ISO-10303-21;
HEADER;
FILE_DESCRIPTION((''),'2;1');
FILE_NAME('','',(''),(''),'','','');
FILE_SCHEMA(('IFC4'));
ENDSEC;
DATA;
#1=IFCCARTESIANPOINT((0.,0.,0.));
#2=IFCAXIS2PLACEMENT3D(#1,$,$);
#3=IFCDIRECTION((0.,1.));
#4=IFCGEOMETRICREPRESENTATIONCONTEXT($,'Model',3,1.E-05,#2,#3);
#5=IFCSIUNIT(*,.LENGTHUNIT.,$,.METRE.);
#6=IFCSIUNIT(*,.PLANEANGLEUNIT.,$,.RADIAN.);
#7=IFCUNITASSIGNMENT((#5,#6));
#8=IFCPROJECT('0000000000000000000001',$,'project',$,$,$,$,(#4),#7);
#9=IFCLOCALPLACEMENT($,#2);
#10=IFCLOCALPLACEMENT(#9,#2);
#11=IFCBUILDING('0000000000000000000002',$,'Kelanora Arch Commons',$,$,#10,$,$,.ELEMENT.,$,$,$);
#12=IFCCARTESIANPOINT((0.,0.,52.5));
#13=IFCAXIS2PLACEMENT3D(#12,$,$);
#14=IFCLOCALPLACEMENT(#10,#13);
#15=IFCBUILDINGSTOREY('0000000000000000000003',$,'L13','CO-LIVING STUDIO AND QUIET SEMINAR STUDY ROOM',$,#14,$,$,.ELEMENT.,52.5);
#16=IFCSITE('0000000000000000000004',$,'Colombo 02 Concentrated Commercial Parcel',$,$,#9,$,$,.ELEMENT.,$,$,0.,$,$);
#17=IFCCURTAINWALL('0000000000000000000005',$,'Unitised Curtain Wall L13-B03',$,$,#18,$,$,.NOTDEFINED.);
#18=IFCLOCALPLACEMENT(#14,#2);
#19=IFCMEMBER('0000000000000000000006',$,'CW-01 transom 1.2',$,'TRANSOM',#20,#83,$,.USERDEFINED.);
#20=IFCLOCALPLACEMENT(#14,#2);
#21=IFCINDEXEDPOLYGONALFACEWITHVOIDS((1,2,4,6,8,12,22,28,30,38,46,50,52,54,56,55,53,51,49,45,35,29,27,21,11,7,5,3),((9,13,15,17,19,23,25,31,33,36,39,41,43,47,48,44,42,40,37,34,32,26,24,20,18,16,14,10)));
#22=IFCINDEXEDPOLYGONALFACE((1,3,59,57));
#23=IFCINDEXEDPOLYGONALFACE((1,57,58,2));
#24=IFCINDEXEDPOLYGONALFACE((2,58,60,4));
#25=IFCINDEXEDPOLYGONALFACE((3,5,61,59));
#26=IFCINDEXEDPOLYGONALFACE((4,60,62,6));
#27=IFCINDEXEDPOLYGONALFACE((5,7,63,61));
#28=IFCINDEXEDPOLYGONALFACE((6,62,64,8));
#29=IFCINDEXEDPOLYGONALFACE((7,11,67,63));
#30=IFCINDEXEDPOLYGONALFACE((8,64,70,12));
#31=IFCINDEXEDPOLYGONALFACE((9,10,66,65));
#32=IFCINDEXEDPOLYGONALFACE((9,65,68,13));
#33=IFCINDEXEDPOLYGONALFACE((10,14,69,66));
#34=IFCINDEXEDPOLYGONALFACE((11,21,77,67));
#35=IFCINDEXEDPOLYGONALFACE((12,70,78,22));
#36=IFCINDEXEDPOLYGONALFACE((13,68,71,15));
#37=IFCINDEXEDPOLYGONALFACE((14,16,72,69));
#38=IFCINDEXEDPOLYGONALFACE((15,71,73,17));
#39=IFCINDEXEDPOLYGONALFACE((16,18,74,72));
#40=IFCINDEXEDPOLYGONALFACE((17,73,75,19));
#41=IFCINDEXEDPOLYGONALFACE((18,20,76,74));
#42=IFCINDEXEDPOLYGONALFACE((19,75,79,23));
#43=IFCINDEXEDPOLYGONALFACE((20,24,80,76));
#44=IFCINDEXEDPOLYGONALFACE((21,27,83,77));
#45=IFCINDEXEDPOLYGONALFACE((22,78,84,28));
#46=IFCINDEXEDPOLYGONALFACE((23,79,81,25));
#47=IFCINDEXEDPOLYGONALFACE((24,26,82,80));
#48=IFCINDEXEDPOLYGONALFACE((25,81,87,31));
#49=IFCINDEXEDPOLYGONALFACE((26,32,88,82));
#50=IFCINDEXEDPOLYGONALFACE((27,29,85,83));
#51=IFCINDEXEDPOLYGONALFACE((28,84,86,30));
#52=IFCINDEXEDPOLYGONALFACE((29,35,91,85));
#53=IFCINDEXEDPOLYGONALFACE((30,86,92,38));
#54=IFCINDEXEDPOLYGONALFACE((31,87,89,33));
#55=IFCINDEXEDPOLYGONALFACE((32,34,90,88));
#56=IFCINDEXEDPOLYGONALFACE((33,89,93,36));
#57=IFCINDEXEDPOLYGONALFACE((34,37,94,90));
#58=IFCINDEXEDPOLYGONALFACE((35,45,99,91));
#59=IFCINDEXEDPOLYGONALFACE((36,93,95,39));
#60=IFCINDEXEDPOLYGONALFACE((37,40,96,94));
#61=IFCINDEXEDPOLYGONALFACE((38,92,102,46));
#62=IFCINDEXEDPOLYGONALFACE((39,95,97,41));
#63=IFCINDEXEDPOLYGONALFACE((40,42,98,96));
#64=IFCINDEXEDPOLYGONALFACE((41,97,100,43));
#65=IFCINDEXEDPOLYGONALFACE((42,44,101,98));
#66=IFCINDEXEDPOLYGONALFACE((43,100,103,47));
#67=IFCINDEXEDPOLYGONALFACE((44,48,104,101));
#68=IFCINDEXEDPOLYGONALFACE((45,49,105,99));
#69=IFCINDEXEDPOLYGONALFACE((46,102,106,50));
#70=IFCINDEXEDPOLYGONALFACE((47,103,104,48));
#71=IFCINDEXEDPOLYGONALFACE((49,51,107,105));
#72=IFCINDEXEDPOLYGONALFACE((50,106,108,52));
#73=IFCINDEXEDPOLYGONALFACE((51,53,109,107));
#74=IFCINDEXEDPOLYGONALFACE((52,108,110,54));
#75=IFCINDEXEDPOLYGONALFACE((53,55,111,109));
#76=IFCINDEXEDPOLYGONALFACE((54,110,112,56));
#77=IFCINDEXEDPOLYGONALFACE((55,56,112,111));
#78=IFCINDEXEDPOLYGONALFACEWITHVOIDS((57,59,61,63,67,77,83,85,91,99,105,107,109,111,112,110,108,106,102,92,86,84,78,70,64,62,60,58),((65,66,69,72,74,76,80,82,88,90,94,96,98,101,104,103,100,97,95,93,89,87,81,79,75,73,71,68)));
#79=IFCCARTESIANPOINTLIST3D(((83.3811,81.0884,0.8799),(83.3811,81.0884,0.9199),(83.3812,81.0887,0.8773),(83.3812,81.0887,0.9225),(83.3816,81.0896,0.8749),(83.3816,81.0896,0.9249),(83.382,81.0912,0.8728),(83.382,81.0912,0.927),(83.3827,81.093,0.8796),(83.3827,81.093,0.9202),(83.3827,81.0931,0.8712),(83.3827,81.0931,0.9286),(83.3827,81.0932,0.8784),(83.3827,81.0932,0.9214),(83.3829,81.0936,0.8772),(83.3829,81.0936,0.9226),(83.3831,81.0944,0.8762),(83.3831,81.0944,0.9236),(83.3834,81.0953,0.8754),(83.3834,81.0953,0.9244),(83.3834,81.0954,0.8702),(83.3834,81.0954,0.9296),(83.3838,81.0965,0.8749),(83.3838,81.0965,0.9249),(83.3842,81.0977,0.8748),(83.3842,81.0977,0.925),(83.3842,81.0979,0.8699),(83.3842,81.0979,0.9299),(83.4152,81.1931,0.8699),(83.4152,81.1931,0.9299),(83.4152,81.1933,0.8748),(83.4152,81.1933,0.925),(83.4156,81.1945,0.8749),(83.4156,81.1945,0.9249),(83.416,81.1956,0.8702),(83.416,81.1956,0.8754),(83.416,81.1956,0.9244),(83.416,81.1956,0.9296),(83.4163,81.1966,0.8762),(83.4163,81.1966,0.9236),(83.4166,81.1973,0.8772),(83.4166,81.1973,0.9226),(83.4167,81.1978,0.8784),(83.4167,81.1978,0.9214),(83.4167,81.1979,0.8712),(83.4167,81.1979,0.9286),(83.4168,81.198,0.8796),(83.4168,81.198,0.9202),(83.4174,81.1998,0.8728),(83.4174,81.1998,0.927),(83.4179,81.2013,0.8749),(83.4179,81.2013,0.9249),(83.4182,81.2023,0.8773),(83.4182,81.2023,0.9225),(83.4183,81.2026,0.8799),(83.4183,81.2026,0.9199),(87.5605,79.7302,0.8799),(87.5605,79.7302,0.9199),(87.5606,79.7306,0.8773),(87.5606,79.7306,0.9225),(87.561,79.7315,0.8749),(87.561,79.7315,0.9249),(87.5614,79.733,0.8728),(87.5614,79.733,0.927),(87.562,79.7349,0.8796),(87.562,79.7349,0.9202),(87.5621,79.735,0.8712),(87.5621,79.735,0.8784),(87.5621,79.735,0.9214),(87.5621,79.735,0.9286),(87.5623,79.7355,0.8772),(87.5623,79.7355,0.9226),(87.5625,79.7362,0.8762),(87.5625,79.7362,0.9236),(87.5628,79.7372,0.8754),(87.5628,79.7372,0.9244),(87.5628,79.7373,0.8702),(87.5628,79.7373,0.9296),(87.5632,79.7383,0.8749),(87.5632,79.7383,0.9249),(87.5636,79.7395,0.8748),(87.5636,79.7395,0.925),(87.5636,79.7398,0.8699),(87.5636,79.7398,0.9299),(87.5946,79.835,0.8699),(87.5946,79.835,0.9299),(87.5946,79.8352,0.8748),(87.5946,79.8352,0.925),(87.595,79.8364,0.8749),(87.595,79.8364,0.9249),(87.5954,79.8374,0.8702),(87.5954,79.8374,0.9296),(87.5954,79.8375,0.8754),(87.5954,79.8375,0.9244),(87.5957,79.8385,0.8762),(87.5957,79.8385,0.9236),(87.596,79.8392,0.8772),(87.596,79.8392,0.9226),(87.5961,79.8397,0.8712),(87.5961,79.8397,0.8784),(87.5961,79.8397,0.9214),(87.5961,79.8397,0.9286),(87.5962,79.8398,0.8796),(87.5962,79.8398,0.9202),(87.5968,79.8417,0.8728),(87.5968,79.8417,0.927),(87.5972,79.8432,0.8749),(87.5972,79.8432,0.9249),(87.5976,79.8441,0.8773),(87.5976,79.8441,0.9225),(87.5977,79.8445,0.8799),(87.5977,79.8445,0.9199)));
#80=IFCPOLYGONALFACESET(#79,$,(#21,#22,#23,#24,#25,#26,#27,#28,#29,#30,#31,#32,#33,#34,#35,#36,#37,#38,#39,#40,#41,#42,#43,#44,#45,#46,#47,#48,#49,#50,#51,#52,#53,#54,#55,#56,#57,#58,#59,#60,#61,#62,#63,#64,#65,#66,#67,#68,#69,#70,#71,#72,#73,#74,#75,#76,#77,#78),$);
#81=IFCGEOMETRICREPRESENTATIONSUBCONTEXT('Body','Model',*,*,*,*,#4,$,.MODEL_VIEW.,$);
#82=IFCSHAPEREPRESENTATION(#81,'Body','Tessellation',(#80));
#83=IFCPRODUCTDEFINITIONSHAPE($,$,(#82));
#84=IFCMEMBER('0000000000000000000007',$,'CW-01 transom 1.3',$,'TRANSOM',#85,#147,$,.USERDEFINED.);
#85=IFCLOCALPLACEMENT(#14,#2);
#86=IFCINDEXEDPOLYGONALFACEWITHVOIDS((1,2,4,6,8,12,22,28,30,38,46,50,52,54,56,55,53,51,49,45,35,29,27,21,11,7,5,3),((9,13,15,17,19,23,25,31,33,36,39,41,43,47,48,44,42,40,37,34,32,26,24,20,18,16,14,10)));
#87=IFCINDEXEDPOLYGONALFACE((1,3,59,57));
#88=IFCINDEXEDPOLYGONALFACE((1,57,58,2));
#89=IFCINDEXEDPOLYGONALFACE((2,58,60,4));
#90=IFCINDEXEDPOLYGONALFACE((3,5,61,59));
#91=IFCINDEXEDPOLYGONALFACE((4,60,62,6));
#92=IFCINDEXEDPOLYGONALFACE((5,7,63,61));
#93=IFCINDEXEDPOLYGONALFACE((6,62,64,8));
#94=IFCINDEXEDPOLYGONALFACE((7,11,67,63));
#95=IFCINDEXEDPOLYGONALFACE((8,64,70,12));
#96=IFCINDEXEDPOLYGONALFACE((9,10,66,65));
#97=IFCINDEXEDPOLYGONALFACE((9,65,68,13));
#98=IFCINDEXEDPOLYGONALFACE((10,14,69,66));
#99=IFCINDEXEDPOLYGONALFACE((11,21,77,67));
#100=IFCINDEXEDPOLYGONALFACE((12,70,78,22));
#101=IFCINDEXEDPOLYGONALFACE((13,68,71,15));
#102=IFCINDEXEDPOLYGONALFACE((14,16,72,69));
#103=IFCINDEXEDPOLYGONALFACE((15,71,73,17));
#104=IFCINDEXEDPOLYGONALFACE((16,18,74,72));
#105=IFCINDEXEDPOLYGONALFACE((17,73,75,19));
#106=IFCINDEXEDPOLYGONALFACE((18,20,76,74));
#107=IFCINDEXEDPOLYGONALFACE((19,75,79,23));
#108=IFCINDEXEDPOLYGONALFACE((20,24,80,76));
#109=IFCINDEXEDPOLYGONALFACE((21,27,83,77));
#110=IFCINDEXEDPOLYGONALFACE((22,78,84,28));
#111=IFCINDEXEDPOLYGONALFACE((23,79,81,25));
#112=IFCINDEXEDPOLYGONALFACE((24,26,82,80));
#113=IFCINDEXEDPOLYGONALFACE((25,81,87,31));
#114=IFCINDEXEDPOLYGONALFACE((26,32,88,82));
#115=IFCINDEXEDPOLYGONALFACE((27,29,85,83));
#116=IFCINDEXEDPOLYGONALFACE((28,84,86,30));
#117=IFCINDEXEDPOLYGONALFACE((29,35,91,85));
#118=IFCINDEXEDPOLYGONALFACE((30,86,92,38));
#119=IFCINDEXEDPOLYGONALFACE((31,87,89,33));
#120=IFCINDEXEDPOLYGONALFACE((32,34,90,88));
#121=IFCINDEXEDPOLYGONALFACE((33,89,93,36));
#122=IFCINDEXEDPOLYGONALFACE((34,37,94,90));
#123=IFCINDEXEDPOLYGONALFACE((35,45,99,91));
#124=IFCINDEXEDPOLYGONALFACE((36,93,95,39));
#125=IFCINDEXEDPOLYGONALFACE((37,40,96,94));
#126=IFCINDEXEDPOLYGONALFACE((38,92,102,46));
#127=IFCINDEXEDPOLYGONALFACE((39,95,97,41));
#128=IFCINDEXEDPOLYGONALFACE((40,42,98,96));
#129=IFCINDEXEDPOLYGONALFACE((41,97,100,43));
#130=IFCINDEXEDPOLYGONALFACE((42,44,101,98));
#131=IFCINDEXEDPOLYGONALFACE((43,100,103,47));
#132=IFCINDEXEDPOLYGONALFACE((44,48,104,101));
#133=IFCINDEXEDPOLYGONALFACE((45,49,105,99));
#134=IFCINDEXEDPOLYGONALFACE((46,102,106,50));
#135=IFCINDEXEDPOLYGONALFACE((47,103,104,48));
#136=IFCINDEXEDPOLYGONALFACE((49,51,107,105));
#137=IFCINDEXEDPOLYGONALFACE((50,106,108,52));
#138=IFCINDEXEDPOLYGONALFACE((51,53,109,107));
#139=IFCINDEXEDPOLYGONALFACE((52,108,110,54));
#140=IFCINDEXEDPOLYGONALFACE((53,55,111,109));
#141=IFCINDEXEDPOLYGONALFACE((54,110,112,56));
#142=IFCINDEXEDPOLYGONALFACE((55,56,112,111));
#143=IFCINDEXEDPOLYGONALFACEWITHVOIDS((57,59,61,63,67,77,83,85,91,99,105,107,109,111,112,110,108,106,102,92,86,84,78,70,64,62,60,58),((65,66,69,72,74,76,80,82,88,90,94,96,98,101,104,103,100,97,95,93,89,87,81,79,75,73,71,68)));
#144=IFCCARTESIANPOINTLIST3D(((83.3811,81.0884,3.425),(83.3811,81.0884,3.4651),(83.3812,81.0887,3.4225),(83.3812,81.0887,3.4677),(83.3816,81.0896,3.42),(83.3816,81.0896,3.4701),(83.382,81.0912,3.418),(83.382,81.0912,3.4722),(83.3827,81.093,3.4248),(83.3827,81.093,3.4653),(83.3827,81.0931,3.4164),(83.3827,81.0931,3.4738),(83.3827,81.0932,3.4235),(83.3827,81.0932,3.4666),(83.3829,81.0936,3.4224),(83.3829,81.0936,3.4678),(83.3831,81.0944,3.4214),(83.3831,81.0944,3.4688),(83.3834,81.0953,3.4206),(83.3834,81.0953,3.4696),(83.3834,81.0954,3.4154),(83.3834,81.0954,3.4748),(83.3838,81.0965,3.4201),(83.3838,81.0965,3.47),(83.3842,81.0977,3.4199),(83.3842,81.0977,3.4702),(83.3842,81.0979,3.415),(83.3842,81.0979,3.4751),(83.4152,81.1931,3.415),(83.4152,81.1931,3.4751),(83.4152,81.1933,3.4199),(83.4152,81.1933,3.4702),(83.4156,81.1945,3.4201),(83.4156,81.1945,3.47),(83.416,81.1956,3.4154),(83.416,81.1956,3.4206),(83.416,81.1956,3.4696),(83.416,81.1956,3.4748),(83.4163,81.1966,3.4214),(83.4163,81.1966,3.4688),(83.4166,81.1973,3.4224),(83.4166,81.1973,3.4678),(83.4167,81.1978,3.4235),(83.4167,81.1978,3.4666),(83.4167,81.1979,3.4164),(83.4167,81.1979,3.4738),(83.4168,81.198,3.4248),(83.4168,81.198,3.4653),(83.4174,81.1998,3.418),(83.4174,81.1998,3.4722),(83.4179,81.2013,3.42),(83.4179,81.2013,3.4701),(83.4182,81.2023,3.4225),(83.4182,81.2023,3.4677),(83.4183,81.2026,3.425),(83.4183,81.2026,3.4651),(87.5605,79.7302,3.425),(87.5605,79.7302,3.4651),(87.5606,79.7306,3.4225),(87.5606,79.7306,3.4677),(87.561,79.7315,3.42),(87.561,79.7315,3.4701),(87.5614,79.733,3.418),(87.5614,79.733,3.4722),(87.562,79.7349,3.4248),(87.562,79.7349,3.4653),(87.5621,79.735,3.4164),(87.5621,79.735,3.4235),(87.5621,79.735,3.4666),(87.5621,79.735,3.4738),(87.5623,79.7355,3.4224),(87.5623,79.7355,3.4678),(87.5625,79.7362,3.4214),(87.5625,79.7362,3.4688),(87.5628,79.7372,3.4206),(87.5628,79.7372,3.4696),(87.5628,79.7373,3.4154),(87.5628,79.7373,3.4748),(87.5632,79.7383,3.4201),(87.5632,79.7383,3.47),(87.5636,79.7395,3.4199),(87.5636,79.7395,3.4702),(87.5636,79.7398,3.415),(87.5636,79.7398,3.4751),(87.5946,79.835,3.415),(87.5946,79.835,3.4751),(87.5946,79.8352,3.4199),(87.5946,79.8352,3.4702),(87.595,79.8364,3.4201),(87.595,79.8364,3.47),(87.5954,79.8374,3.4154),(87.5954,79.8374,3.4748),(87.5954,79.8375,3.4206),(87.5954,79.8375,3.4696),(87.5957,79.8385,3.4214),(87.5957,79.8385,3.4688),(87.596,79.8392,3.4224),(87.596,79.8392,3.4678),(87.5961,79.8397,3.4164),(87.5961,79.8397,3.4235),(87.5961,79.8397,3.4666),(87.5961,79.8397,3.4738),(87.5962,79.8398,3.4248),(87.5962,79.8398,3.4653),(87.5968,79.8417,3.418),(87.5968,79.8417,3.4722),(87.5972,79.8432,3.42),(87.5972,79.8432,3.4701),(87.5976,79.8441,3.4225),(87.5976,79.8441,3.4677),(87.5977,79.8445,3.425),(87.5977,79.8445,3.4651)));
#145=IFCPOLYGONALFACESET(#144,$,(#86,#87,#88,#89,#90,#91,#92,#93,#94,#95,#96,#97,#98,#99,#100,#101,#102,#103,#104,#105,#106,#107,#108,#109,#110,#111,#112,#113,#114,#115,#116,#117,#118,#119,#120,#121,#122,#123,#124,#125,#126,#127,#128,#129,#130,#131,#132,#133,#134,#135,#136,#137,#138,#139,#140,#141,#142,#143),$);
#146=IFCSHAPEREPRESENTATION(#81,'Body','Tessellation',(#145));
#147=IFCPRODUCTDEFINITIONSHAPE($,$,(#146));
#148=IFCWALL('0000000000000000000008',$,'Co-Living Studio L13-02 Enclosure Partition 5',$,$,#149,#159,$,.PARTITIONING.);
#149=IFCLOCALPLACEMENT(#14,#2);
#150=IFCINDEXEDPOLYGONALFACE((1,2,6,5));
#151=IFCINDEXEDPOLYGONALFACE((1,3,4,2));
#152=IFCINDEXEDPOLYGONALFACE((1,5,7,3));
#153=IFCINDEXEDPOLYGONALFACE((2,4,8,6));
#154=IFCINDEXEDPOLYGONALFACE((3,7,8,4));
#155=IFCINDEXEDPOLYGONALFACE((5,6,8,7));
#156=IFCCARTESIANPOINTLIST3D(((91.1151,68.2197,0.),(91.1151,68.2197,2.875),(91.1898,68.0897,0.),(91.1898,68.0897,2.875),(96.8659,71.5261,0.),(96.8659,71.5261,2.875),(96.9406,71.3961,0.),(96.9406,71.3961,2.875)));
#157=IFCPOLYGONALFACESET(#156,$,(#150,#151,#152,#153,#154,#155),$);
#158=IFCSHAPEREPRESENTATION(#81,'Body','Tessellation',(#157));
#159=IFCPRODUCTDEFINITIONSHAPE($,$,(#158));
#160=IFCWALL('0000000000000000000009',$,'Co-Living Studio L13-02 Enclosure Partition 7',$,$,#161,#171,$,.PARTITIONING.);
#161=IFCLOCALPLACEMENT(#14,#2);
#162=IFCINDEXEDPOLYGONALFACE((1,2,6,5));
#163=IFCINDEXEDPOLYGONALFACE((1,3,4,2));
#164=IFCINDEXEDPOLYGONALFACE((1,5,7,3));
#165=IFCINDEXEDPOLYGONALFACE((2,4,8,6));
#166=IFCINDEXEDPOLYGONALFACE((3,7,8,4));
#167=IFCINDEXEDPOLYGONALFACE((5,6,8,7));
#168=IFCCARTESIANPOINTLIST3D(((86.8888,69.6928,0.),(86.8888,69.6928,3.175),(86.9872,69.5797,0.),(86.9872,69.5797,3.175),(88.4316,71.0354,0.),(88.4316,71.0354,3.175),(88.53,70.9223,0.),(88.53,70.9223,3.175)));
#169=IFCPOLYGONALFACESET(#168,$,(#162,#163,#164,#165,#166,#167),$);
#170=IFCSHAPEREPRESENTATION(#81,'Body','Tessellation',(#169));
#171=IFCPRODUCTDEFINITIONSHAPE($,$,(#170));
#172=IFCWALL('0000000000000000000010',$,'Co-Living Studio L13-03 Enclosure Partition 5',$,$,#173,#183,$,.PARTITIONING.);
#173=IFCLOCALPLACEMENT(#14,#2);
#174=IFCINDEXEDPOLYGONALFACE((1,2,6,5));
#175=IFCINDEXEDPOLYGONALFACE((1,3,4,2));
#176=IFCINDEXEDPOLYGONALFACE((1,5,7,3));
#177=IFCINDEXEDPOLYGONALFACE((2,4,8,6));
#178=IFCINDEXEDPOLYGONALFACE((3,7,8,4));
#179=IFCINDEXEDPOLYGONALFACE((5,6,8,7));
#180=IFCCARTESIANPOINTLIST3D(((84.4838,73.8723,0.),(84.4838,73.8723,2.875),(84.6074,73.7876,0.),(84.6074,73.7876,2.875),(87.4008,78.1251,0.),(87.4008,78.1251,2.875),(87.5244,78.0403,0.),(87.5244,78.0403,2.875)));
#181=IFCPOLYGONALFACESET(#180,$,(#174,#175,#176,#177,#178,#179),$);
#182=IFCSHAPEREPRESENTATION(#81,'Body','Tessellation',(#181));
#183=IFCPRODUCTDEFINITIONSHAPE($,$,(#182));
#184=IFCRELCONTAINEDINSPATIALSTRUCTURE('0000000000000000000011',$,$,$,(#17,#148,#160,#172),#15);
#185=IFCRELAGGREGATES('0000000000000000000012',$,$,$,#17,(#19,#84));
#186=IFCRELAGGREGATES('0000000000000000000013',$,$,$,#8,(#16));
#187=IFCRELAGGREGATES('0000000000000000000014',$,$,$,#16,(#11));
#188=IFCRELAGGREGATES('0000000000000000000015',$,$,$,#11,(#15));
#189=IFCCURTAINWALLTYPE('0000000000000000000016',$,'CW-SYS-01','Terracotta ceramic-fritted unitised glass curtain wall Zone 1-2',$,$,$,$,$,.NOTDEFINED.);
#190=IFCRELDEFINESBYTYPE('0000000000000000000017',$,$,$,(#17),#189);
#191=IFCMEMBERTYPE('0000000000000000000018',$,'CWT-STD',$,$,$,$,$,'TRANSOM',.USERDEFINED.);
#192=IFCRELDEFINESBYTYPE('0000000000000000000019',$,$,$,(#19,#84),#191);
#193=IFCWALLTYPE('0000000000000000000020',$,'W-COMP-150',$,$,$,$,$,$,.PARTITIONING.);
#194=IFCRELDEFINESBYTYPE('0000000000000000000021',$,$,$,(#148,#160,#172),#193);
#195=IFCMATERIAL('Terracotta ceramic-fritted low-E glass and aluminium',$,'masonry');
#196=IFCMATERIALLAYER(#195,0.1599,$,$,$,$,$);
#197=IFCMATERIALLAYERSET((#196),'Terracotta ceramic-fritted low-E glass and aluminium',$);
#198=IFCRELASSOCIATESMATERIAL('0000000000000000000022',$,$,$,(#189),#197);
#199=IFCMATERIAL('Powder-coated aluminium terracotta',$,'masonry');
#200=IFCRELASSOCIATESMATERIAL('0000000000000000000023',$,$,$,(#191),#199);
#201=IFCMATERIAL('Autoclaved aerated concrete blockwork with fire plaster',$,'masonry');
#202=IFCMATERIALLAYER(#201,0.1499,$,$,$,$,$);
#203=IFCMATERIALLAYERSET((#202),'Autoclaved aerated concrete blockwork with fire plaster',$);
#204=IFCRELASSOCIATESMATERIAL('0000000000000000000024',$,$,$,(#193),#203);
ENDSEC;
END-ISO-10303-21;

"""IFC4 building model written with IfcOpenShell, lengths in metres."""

from ifc_helpers import new_model, si_unit, direction, frame, frame_2d, origin, origin_2d, place, context, subcontext, project, spatial, rectangle, hollow_rectangle, extrude, material, layer, layer_set, material_profile, profile_set, type_object, element, aggregate, save


model = new_model("IFC4")

# Units and contexts
model_context = context("Model", 3, precision=1e-05, world=origin(), true_north=direction((0.0, 1.0)))
body_context = subcontext(model_context, "Body", "Model", "MODEL_VIEW")
ifc_project = project(units=[si_unit("LENGTHUNIT", "METRE"), si_unit("PLANEANGLEUNIT", "RADIAN")], contexts=[model_context])

# Site, building, storey
site_placement = place(None, origin())
site = spatial("IfcSite", under=ifc_project, at=site_placement, Name="Colombo 02 Concentrated Commercial Parcel", CompositionType="ELEMENT", RefElevation=0.0)
building_placement = place(site_placement, origin())
building = spatial("IfcBuilding", under=site, at=building_placement, Name="Kelanora Arch Commons", CompositionType="ELEMENT")
storey_placement = place(building_placement, frame((0.0, 0.0, 52.5)))
storey = spatial("IfcBuildingStorey", under=building, at=storey_placement, Name="L13", Description="CO-LIVING STUDIO AND QUIET SEMINAR STUDY ROOM", CompositionType="ELEMENT", Elevation=52.5)

# Shared definitions
ifc_material_1 = material(Name="Terracotta ceramic-fritted low-E glass and aluminium", Category="masonry")
ifc_layer_1 = layer(ifc_material_1, 0.1599)
ifc_layer_set_1 = layer_set([ifc_layer_1], Name="Terracotta ceramic-fritted low-E glass and aluminium")
curtain_wall_type = type_object("IfcCurtainWallType", Name="CW-SYS-01", Description="Terracotta ceramic-fritted unitised glass curtain wall Zone 1-2", PredefinedType="NOTDEFINED", material=ifc_layer_set_1)
ifc_material_2 = material(Name="Powder-coated aluminium terracotta", Category="masonry")

# Curtain wall, members
curtain_wall_1_placement = place(storey_placement, origin())
curtain_wall_1 = element("IfcCurtainWall", 1, at=curtain_wall_1_placement, inside=storey, type_object=curtain_wall_type, Name="Unitised Curtain Wall L13-B03", PredefinedType="NOTDEFINED")
ifc_material_profile_1 = material_profile(ifc_material_2, hollow_rectangle(XDim=0.1201, YDim=0.0601, WallThickness=0.0049, InnerFilletRadius=0.0049, OuterFilletRadius=0.01, at=origin_2d()), Name="CWT120x60")
ifc_profile_set_1 = profile_set([ifc_material_profile_1], Name="Powder-coated aluminium terracotta")
member_type_1 = type_object("IfcMemberType", Name="CWT-STD", ElementType="TRANSOM", PredefinedType="USERDEFINED", material=ifc_profile_set_1)
member_1_placement = place(storey_placement, frame((87.5791, 79.7874, 0.8999), z_axis=(-0.951045, 0.309052, 0.0), x_axis=(-0.309052, -0.951045, 0.0)))
member_1 = element("IfcMember", 2, at=member_1_placement, type_object=member_type_1, Name="CW-01 transom 1.2", ObjectType="TRANSOM", PredefinedType="USERDEFINED", context=body_context, shape_type="SweptSolid", body=[
    extrude(hollow_rectangle(XDim=0.1201, YDim=0.0601, WallThickness=0.0049, InnerFilletRadius=0.0049, OuterFilletRadius=0.01, at=origin_2d()), origin(), (0.0, 0.0, 1.0), 4.3945),
])
member_2_placement = place(storey_placement, frame((87.5791, 79.7874, 3.4451), z_axis=(-0.951045, 0.309052, 0.0), x_axis=(-0.309052, -0.951045, 0.0)))
member_2 = element("IfcMember", 3, at=member_2_placement, type_object=member_type_1, Name="CW-01 transom 1.3", ObjectType="TRANSOM", PredefinedType="USERDEFINED", context=body_context, shape_type="SweptSolid", body=[
    extrude(hollow_rectangle(XDim=0.1201, YDim=0.0601, WallThickness=0.0049, InnerFilletRadius=0.0049, OuterFilletRadius=0.01, at=origin_2d()), origin(), (0.0, 0.0, 1.0), 4.3945),
])
aggregate(curtain_wall_1, [member_1, member_2])

# Walls
ifc_material_3 = material(Name="Autoclaved aerated concrete blockwork with fire plaster", Category="masonry")
ifc_layer_2 = layer(ifc_material_3, 0.1499)
ifc_layer_set_2 = layer_set([ifc_layer_2], Name="Autoclaved aerated concrete blockwork with fire plaster")
wall_type_1 = type_object("IfcWallType", Name="W-COMP-150", PredefinedType="PARTITIONING", material=ifc_layer_set_2)
wall_1_placement = place(storey_placement, frame((96.9033, 71.4612, 0.0), z_axis=(0.0, 0.0, 1.0), x_axis=(-0.866924, -0.49844, 0.0)))
element("IfcWall", 4, at=wall_1_placement, inside=storey, type_object=wall_type_1, Name="Co-Living Studio L13-02 Enclosure Partition 5", PredefinedType="PARTITIONING", context=body_context, shape_type="SweptSolid", body=[
    extrude(rectangle(XDim=6.6335, YDim=0.1499, at=frame_2d((3.3169, 0.0))), origin(), (0.0, 0.0, 1.0), 2.875),
])
wall_2_placement = place(storey_placement, frame((88.4807, 70.9788, 0.0), z_axis=(0.0, 0.0, 1.0), x_axis=(-0.754356, -0.656465, 0.0)))
element("IfcWall", 5, at=wall_2_placement, inside=storey, type_object=wall_type_1, Name="Co-Living Studio L13-02 Enclosure Partition 7", PredefinedType="PARTITIONING", context=body_context, shape_type="SweptSolid", body=[
    extrude(rectangle(XDim=2.0452, YDim=0.1499, at=frame_2d((1.0225, 0.0))), origin(), (0.0, 0.0, 1.0), 3.175),
])
wall_3_placement = place(storey_placement, frame((87.4626, 78.0828, 0.0), z_axis=(0.0, 0.0, 1.0), x_axis=(-0.565642, -0.824651, 0.0)))
element("IfcWall", 6, at=wall_3_placement, inside=storey, type_object=wall_type_1, Name="Co-Living Studio L13-03 Enclosure Partition 5", PredefinedType="PARTITIONING", context=body_context, shape_type="SweptSolid", body=[
    extrude(rectangle(XDim=5.157, YDim=0.1499, at=frame_2d((2.5786, 0.0))), origin(), (0.0, 0.0, 1.0), 2.875),
])

save(model, "model.ifc")
